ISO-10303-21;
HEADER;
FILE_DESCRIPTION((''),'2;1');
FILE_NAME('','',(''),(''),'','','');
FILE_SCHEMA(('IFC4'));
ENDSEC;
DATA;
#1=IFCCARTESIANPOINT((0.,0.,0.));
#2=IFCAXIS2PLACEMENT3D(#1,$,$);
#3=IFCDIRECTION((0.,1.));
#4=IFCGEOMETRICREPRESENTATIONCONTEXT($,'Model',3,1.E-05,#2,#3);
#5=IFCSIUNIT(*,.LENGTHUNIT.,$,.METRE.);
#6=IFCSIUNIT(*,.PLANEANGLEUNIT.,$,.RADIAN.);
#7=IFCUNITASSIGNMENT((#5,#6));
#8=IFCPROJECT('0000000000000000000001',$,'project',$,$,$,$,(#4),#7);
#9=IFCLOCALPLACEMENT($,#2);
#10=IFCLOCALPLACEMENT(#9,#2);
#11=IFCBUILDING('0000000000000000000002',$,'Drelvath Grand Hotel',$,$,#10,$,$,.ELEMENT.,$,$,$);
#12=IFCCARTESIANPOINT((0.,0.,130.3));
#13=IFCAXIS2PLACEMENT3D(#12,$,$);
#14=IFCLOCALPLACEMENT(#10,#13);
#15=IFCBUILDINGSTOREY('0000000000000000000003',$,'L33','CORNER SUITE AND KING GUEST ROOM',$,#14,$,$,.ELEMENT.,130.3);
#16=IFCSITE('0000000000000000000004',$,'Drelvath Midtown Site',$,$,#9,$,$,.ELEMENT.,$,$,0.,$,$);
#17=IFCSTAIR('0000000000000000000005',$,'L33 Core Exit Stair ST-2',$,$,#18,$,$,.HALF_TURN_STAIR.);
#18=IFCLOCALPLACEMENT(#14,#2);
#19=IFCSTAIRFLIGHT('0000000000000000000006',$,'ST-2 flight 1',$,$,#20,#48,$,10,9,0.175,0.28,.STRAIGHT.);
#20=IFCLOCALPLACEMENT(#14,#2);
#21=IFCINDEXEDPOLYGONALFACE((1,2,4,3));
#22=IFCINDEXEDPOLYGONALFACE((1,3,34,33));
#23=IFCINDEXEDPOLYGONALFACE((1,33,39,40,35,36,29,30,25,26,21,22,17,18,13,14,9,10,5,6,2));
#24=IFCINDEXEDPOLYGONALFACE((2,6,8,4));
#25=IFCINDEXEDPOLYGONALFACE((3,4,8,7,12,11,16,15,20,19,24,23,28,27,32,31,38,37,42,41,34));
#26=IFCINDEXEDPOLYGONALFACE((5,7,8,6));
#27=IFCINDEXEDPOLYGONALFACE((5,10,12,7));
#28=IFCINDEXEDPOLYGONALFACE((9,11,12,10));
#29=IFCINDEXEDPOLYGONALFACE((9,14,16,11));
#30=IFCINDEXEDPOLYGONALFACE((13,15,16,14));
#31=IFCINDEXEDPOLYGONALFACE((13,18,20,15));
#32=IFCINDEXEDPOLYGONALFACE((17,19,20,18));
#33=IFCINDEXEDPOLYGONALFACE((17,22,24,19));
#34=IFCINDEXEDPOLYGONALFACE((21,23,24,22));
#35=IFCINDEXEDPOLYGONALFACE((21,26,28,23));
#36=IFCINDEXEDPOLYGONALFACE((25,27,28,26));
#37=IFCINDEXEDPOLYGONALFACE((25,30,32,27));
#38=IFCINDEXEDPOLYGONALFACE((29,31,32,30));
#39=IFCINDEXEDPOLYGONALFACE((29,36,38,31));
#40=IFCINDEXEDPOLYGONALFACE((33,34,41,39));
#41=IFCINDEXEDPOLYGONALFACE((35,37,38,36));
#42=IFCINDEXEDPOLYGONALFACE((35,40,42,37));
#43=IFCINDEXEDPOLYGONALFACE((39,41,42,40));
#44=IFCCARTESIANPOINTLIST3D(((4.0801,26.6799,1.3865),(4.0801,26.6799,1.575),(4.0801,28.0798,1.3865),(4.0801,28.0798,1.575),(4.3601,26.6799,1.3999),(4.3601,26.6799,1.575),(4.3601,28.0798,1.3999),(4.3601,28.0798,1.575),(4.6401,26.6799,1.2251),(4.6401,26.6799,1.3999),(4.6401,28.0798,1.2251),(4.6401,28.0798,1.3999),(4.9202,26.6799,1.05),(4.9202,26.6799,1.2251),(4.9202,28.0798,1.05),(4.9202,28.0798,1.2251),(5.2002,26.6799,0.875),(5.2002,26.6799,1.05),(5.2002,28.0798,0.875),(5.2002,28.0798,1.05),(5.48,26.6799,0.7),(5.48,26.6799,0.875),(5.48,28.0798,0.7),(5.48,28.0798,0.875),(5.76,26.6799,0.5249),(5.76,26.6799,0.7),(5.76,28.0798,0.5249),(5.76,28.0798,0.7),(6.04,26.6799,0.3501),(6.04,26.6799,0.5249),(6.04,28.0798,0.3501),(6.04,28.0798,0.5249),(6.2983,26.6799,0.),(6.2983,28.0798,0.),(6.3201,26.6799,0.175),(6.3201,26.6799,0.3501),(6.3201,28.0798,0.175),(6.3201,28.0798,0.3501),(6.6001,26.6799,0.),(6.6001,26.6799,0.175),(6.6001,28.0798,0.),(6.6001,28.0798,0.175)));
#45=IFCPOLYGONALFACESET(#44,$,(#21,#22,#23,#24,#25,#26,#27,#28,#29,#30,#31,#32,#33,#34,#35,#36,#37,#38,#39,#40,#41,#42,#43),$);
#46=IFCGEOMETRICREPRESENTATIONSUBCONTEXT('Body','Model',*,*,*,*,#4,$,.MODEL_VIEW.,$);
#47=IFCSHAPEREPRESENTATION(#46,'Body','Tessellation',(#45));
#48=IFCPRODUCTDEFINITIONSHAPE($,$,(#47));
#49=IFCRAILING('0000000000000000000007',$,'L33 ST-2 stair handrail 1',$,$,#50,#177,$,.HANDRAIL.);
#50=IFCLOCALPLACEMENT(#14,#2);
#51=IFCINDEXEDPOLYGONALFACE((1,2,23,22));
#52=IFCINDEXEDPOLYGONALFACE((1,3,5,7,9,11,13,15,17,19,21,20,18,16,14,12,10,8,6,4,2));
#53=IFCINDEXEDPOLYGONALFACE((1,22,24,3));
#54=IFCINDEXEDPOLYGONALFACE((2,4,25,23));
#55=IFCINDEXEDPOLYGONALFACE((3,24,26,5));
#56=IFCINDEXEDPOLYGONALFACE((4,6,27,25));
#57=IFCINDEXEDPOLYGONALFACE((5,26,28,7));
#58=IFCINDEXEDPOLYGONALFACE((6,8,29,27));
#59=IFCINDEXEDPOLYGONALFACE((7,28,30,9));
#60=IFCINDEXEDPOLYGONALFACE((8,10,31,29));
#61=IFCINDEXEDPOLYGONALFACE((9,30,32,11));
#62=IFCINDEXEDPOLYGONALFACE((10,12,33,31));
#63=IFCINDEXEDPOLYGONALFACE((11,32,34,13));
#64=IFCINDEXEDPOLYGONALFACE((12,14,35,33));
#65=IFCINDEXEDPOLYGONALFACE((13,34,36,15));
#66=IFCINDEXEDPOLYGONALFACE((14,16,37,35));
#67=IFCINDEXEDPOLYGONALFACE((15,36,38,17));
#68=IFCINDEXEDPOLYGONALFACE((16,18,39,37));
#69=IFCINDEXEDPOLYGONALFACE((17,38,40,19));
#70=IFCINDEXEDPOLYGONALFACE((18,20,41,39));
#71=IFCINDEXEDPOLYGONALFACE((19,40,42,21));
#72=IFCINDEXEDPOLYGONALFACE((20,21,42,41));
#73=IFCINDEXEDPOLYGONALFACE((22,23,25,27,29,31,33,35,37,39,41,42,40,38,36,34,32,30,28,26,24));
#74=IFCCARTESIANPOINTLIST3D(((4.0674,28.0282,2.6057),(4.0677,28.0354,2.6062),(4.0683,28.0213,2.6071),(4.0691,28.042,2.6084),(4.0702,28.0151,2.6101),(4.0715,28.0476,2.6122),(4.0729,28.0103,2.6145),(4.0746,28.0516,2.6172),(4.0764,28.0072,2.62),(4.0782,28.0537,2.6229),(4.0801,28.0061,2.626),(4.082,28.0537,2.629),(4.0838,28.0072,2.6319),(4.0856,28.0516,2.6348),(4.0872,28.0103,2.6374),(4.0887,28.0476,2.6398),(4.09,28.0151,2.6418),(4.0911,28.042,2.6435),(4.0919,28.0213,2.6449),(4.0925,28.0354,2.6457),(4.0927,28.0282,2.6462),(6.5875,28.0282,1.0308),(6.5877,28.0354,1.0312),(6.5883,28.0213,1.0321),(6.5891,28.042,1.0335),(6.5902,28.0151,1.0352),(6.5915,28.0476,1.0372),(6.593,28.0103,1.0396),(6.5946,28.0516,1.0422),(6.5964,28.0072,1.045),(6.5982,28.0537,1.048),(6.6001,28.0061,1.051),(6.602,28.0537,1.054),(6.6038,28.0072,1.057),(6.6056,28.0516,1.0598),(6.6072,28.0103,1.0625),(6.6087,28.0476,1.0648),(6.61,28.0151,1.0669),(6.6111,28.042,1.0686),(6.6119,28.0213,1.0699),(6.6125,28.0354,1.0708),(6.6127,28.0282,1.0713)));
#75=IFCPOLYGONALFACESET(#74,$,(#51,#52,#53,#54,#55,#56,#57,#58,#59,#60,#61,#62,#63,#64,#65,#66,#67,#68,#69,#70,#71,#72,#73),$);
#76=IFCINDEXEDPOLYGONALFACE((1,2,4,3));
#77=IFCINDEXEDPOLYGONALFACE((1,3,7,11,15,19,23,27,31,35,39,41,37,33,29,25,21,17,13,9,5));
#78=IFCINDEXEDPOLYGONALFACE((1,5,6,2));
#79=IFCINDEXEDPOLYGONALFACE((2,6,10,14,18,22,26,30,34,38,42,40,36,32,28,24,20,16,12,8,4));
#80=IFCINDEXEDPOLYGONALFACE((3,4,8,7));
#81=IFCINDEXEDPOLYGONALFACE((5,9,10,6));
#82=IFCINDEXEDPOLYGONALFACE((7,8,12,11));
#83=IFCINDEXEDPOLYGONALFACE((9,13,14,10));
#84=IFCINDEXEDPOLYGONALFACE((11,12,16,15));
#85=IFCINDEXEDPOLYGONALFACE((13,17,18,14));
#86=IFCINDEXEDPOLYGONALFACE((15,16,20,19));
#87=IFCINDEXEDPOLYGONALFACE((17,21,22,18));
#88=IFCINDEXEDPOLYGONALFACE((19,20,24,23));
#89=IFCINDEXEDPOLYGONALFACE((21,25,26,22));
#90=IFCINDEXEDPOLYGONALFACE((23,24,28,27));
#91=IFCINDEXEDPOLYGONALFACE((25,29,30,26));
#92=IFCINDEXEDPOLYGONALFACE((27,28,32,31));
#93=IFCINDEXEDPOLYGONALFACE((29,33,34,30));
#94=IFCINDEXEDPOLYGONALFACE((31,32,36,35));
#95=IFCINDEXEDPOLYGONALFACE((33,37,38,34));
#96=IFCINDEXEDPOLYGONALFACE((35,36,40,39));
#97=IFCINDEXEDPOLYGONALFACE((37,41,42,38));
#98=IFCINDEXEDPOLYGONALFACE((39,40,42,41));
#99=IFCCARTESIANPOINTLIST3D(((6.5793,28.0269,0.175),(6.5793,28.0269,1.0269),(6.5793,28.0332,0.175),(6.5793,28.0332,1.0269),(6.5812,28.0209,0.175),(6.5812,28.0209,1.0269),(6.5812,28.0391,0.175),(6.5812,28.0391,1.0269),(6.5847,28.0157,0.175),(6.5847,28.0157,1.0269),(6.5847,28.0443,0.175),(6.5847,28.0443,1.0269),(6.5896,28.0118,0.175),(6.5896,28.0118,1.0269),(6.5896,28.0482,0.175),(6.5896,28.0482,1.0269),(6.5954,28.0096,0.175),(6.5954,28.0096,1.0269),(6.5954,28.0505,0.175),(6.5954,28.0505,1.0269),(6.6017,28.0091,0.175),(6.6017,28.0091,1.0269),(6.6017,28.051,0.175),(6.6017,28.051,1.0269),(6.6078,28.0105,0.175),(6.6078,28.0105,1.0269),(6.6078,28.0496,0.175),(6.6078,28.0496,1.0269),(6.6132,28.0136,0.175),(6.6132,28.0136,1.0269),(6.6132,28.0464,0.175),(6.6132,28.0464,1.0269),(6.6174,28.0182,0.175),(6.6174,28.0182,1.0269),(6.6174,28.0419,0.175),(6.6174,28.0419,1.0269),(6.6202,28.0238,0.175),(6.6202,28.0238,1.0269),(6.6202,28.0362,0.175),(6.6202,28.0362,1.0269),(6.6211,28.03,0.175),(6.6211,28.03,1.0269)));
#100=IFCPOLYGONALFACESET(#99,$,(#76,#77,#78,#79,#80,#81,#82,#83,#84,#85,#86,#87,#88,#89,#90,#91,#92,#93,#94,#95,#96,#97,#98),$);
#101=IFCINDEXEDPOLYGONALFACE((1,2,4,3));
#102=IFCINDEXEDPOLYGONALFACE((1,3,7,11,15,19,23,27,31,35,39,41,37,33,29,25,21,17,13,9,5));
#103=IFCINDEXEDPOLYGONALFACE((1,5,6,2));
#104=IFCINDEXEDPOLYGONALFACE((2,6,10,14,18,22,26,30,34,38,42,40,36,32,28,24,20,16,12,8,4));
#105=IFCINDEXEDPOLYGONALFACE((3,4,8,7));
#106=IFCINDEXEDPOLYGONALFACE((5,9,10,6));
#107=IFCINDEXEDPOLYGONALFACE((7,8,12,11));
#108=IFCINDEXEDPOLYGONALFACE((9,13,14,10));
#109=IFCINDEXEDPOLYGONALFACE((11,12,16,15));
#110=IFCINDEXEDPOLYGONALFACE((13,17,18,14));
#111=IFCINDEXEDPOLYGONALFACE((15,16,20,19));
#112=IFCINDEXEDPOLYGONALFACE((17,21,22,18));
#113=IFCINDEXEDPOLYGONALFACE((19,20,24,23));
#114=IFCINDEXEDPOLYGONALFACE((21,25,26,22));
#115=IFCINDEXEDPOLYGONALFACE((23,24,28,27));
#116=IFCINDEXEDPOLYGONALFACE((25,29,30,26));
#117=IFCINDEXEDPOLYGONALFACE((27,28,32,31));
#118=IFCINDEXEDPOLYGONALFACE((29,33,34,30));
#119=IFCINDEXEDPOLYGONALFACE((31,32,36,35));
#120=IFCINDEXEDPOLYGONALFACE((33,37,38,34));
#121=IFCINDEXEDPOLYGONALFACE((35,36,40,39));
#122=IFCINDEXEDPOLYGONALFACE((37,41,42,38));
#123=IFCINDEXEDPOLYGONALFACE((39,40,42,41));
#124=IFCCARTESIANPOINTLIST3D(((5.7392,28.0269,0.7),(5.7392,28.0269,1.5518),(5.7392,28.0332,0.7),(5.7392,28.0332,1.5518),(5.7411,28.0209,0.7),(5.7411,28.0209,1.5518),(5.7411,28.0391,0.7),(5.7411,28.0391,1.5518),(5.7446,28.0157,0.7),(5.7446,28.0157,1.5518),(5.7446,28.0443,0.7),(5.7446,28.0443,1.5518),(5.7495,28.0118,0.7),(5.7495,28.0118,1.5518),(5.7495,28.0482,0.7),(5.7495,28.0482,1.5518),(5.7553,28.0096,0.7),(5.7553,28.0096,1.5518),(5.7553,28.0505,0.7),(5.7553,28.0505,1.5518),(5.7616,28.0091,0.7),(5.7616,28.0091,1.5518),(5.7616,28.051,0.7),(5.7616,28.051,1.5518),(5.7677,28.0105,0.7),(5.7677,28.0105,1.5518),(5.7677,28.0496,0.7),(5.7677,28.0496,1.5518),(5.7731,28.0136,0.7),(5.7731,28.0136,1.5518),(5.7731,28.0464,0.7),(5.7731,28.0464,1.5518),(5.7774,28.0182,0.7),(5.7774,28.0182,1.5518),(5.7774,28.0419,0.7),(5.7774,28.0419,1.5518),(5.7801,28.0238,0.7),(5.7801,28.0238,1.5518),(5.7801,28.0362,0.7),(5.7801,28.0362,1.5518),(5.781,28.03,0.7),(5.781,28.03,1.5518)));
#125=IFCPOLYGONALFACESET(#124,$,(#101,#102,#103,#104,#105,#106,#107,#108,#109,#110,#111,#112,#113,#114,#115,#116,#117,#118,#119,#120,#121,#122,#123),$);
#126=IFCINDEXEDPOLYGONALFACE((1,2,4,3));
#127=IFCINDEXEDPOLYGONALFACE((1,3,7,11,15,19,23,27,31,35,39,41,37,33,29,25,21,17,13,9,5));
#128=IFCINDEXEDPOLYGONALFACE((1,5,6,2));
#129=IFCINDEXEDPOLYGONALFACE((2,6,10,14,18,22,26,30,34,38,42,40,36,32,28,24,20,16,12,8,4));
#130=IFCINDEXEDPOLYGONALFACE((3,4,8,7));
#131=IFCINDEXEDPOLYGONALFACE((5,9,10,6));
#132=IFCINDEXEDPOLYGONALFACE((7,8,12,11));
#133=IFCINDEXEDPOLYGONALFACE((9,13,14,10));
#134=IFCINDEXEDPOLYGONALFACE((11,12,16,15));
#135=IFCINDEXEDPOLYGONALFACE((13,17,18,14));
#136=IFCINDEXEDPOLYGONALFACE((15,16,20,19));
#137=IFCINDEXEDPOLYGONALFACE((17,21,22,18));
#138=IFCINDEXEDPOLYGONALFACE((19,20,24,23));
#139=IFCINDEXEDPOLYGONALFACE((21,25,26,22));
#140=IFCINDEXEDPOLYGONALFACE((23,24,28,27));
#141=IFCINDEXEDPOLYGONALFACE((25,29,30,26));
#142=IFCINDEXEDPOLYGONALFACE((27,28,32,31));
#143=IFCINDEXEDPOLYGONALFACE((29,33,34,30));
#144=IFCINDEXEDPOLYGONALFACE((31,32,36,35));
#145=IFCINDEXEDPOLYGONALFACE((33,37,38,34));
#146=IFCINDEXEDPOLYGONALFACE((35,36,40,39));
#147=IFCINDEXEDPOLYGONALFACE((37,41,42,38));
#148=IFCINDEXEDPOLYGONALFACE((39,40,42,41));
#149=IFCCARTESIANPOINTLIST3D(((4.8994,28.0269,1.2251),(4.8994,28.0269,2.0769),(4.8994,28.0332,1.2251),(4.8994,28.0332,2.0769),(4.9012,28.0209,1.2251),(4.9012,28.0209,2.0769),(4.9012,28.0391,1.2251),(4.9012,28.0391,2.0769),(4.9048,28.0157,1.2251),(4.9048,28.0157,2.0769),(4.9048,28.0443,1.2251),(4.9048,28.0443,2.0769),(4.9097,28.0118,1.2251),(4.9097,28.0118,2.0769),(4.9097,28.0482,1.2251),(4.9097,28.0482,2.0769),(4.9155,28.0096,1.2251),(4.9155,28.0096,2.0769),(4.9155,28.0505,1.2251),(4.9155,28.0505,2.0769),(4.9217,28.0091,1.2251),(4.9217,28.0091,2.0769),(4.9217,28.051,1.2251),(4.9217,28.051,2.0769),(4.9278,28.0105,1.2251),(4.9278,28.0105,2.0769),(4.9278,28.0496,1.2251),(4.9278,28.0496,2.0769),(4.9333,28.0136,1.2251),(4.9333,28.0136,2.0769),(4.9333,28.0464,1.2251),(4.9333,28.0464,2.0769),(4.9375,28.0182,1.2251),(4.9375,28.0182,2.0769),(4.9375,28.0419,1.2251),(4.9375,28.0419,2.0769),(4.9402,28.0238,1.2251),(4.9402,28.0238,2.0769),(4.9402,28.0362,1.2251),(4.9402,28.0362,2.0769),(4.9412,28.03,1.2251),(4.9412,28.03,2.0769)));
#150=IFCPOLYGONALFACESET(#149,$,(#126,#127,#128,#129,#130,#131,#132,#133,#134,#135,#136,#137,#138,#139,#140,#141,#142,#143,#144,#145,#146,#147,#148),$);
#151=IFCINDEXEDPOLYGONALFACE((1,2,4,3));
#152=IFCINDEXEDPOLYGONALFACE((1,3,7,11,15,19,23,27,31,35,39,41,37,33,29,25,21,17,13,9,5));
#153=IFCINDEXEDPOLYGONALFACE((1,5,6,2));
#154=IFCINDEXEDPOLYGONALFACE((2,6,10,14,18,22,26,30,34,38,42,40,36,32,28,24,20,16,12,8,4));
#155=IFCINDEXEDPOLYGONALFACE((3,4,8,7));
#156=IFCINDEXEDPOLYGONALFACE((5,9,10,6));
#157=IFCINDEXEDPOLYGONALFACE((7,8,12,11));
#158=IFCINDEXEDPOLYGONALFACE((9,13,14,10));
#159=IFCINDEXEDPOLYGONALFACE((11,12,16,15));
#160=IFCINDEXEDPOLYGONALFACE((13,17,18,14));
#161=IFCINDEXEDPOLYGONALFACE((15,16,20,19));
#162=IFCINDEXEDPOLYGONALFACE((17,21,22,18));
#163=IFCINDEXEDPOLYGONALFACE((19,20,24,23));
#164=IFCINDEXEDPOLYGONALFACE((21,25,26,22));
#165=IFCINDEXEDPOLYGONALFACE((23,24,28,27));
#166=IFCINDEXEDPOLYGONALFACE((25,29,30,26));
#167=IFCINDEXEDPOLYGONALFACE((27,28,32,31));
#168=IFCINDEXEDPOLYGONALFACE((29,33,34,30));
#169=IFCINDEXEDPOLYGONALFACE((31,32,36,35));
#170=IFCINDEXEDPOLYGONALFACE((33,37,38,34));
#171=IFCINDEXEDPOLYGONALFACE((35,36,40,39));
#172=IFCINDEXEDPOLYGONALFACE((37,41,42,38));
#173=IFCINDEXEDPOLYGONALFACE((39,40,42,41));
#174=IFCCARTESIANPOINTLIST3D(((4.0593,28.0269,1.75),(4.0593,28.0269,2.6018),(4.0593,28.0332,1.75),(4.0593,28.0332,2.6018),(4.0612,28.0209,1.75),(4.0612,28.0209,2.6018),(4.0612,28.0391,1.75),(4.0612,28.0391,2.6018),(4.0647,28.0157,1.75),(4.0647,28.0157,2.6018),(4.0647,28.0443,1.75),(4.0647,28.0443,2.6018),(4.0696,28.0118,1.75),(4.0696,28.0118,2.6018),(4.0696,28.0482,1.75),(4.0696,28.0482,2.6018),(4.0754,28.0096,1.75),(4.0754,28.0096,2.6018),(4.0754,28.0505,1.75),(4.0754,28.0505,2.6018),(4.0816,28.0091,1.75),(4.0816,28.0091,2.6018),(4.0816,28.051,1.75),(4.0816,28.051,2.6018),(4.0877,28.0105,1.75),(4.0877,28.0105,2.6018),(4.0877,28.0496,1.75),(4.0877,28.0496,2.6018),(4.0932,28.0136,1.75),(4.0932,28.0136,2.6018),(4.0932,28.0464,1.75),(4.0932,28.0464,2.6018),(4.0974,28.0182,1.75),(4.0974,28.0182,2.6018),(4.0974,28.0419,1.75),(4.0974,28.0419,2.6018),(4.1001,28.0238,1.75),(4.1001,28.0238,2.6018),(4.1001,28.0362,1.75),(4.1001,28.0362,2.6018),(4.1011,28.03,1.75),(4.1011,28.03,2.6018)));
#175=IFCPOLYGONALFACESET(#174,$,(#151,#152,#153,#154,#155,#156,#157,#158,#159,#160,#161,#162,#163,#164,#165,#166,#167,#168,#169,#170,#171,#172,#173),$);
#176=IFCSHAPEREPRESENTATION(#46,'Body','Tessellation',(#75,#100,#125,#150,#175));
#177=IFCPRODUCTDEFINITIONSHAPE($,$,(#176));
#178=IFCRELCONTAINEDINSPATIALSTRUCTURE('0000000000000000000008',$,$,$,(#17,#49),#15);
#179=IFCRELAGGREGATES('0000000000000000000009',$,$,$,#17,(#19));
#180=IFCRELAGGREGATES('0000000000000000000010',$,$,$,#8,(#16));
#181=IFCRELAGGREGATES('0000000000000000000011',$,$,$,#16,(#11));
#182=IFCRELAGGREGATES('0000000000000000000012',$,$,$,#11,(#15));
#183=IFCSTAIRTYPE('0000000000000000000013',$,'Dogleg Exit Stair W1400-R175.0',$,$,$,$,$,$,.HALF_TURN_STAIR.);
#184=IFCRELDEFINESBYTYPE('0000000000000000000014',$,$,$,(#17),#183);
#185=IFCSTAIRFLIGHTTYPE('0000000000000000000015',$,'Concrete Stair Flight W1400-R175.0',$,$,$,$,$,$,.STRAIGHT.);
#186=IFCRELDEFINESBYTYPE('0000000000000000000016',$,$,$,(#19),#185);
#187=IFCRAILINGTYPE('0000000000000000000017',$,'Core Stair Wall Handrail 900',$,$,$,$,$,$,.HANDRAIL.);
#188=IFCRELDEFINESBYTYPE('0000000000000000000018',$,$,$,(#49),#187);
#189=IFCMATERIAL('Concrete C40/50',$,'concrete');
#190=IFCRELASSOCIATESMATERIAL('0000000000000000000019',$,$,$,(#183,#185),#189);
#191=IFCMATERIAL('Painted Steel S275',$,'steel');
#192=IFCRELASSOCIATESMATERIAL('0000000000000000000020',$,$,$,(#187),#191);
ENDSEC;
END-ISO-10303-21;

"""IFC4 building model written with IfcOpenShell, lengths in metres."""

from ifc_helpers import new_model, si_unit, direction, frame, origin, origin_2d, place, context, subcontext, project, spatial, polyline, circle, outline, extrude, material, type_object, element, aggregate, save


model = new_model("IFC4")

# Units and contexts
model_context = context("Model", 3, precision=1e-05, world=origin(), true_north=direction((0.0, 1.0)))
body_context = subcontext(model_context, "Body", "Model", "MODEL_VIEW")
ifc_project = project(units=[si_unit("LENGTHUNIT", "METRE"), si_unit("PLANEANGLEUNIT", "RADIAN")], contexts=[model_context])

# Site, building, storey
site_placement = place(None, origin())
site = spatial("IfcSite", under=ifc_project, at=site_placement, Name="Drelvath Midtown Site", CompositionType="ELEMENT", RefElevation=0.0)
building_placement = place(site_placement, origin())
building = spatial("IfcBuilding", under=site, at=building_placement, Name="Drelvath Grand Hotel", CompositionType="ELEMENT")
storey_placement = place(building_placement, frame((0.0, 0.0, 130.3)))
storey = spatial("IfcBuildingStorey", under=building, at=storey_placement, Name="L33", Description="CORNER SUITE AND KING GUEST ROOM", CompositionType="ELEMENT", Elevation=130.3)

# Shared definitions
ifc_material_1 = material(Name="Concrete C40/50", Category="concrete")

# Shared definitions
ifc_material_2 = material(Name="Painted Steel S275", Category="steel")

# Stair, stair flight
stair_type = type_object("IfcStairType", Name="Dogleg Exit Stair W1400-R175.0", PredefinedType="HALF_TURN_STAIR", material=ifc_material_1)
stair_placement = place(storey_placement, origin())
stair = element("IfcStair", 1, at=stair_placement, inside=storey, type_object=stair_type, Name="L33 Core Exit Stair ST-2", PredefinedType="HALF_TURN_STAIR")
stair_flight_type = type_object("IfcStairFlightType", Name="Concrete Stair Flight W1400-R175.0", PredefinedType="STRAIGHT", material=ifc_material_1)
stair_flight_placement = place(storey_placement, frame((6.6001, 27.3799, 0.0), z_axis=(0.0, 0.0, 1.0), x_axis=(-1.0, 0.0, 0.0)))
stair_flight = element("IfcStairFlight", 2, at=stair_flight_placement, type_object=stair_flight_type, Name="ST-2 flight 1", NumberOfRisers=10, NumberOfTreads=9, PredefinedType="STRAIGHT", RiserHeight=0.175, TreadLength=0.28, context=body_context, shape_type="SweptSolid", body=[
    extrude(outline(polyline([(0.0, 0.0), (0.0, 0.175), (0.28, 0.175), (0.28, 0.3501), (0.5601, 0.3501), (0.5601, 0.5249), (0.8401, 0.5249), (0.8401, 0.7), (1.1201, 0.7), (1.1201, 0.875), (1.3999, 0.875), (1.3999, 1.05), (1.6799, 1.05), (1.6799, 1.2251), (1.96, 1.2251), (1.96, 1.3999), (2.24, 1.3999), (2.24, 1.575), (2.52, 1.575), (2.52, 1.75), (2.52, 1.3865), (0.3018, 0.0), (0.0, 0.0)])), frame((0.0, 0.7, 0.0), z_axis=(0.0, -1.0, 0.0), x_axis=(1.0, 0.0, 0.0)), (0.0, 0.0, 1.0), 1.3999),
])
aggregate(stair, [stair_flight])

# Railing
railing_type_1 = type_object("IfcRailingType", Name="Core Stair Wall Handrail 900", PredefinedType="HANDRAIL", material=ifc_material_2)
railing_1_placement = place(storey_placement, frame((6.6001, 28.03, 0.175)))
element("IfcRailing", 3, at=railing_1_placement, inside=storey, type_object=railing_type_1, Name="L33 ST-2 stair handrail 1", PredefinedType="HANDRAIL", context=body_context, shape_type="SweptSolid", body=[
    extrude(circle(Radius=0.0239, at=origin_2d()), frame((0.0, 0.0, 0.876), z_axis=(-0.848008, 0.0, 0.529984), x_axis=(0.0, -1.0, 0.0)), (0.0, 0.0, 1.0), 2.9717),
    extrude(circle(Radius=0.021, at=origin_2d()), origin(), (0.0, 0.0, 1.0), 0.8518),
    extrude(circle(Radius=0.021, at=origin_2d()), frame((-0.8401, 0.0, 0.5249)), (0.0, 0.0, 1.0), 0.8518),
    extrude(circle(Radius=0.021, at=origin_2d()), frame((-1.6799, 0.0, 1.05)), (0.0, 0.0, 1.0), 0.8518),
    extrude(circle(Radius=0.021, at=origin_2d()), frame((-2.52, 0.0, 1.575)), (0.0, 0.0, 1.0), 0.8518),
])

save(model, "model.ifc")
